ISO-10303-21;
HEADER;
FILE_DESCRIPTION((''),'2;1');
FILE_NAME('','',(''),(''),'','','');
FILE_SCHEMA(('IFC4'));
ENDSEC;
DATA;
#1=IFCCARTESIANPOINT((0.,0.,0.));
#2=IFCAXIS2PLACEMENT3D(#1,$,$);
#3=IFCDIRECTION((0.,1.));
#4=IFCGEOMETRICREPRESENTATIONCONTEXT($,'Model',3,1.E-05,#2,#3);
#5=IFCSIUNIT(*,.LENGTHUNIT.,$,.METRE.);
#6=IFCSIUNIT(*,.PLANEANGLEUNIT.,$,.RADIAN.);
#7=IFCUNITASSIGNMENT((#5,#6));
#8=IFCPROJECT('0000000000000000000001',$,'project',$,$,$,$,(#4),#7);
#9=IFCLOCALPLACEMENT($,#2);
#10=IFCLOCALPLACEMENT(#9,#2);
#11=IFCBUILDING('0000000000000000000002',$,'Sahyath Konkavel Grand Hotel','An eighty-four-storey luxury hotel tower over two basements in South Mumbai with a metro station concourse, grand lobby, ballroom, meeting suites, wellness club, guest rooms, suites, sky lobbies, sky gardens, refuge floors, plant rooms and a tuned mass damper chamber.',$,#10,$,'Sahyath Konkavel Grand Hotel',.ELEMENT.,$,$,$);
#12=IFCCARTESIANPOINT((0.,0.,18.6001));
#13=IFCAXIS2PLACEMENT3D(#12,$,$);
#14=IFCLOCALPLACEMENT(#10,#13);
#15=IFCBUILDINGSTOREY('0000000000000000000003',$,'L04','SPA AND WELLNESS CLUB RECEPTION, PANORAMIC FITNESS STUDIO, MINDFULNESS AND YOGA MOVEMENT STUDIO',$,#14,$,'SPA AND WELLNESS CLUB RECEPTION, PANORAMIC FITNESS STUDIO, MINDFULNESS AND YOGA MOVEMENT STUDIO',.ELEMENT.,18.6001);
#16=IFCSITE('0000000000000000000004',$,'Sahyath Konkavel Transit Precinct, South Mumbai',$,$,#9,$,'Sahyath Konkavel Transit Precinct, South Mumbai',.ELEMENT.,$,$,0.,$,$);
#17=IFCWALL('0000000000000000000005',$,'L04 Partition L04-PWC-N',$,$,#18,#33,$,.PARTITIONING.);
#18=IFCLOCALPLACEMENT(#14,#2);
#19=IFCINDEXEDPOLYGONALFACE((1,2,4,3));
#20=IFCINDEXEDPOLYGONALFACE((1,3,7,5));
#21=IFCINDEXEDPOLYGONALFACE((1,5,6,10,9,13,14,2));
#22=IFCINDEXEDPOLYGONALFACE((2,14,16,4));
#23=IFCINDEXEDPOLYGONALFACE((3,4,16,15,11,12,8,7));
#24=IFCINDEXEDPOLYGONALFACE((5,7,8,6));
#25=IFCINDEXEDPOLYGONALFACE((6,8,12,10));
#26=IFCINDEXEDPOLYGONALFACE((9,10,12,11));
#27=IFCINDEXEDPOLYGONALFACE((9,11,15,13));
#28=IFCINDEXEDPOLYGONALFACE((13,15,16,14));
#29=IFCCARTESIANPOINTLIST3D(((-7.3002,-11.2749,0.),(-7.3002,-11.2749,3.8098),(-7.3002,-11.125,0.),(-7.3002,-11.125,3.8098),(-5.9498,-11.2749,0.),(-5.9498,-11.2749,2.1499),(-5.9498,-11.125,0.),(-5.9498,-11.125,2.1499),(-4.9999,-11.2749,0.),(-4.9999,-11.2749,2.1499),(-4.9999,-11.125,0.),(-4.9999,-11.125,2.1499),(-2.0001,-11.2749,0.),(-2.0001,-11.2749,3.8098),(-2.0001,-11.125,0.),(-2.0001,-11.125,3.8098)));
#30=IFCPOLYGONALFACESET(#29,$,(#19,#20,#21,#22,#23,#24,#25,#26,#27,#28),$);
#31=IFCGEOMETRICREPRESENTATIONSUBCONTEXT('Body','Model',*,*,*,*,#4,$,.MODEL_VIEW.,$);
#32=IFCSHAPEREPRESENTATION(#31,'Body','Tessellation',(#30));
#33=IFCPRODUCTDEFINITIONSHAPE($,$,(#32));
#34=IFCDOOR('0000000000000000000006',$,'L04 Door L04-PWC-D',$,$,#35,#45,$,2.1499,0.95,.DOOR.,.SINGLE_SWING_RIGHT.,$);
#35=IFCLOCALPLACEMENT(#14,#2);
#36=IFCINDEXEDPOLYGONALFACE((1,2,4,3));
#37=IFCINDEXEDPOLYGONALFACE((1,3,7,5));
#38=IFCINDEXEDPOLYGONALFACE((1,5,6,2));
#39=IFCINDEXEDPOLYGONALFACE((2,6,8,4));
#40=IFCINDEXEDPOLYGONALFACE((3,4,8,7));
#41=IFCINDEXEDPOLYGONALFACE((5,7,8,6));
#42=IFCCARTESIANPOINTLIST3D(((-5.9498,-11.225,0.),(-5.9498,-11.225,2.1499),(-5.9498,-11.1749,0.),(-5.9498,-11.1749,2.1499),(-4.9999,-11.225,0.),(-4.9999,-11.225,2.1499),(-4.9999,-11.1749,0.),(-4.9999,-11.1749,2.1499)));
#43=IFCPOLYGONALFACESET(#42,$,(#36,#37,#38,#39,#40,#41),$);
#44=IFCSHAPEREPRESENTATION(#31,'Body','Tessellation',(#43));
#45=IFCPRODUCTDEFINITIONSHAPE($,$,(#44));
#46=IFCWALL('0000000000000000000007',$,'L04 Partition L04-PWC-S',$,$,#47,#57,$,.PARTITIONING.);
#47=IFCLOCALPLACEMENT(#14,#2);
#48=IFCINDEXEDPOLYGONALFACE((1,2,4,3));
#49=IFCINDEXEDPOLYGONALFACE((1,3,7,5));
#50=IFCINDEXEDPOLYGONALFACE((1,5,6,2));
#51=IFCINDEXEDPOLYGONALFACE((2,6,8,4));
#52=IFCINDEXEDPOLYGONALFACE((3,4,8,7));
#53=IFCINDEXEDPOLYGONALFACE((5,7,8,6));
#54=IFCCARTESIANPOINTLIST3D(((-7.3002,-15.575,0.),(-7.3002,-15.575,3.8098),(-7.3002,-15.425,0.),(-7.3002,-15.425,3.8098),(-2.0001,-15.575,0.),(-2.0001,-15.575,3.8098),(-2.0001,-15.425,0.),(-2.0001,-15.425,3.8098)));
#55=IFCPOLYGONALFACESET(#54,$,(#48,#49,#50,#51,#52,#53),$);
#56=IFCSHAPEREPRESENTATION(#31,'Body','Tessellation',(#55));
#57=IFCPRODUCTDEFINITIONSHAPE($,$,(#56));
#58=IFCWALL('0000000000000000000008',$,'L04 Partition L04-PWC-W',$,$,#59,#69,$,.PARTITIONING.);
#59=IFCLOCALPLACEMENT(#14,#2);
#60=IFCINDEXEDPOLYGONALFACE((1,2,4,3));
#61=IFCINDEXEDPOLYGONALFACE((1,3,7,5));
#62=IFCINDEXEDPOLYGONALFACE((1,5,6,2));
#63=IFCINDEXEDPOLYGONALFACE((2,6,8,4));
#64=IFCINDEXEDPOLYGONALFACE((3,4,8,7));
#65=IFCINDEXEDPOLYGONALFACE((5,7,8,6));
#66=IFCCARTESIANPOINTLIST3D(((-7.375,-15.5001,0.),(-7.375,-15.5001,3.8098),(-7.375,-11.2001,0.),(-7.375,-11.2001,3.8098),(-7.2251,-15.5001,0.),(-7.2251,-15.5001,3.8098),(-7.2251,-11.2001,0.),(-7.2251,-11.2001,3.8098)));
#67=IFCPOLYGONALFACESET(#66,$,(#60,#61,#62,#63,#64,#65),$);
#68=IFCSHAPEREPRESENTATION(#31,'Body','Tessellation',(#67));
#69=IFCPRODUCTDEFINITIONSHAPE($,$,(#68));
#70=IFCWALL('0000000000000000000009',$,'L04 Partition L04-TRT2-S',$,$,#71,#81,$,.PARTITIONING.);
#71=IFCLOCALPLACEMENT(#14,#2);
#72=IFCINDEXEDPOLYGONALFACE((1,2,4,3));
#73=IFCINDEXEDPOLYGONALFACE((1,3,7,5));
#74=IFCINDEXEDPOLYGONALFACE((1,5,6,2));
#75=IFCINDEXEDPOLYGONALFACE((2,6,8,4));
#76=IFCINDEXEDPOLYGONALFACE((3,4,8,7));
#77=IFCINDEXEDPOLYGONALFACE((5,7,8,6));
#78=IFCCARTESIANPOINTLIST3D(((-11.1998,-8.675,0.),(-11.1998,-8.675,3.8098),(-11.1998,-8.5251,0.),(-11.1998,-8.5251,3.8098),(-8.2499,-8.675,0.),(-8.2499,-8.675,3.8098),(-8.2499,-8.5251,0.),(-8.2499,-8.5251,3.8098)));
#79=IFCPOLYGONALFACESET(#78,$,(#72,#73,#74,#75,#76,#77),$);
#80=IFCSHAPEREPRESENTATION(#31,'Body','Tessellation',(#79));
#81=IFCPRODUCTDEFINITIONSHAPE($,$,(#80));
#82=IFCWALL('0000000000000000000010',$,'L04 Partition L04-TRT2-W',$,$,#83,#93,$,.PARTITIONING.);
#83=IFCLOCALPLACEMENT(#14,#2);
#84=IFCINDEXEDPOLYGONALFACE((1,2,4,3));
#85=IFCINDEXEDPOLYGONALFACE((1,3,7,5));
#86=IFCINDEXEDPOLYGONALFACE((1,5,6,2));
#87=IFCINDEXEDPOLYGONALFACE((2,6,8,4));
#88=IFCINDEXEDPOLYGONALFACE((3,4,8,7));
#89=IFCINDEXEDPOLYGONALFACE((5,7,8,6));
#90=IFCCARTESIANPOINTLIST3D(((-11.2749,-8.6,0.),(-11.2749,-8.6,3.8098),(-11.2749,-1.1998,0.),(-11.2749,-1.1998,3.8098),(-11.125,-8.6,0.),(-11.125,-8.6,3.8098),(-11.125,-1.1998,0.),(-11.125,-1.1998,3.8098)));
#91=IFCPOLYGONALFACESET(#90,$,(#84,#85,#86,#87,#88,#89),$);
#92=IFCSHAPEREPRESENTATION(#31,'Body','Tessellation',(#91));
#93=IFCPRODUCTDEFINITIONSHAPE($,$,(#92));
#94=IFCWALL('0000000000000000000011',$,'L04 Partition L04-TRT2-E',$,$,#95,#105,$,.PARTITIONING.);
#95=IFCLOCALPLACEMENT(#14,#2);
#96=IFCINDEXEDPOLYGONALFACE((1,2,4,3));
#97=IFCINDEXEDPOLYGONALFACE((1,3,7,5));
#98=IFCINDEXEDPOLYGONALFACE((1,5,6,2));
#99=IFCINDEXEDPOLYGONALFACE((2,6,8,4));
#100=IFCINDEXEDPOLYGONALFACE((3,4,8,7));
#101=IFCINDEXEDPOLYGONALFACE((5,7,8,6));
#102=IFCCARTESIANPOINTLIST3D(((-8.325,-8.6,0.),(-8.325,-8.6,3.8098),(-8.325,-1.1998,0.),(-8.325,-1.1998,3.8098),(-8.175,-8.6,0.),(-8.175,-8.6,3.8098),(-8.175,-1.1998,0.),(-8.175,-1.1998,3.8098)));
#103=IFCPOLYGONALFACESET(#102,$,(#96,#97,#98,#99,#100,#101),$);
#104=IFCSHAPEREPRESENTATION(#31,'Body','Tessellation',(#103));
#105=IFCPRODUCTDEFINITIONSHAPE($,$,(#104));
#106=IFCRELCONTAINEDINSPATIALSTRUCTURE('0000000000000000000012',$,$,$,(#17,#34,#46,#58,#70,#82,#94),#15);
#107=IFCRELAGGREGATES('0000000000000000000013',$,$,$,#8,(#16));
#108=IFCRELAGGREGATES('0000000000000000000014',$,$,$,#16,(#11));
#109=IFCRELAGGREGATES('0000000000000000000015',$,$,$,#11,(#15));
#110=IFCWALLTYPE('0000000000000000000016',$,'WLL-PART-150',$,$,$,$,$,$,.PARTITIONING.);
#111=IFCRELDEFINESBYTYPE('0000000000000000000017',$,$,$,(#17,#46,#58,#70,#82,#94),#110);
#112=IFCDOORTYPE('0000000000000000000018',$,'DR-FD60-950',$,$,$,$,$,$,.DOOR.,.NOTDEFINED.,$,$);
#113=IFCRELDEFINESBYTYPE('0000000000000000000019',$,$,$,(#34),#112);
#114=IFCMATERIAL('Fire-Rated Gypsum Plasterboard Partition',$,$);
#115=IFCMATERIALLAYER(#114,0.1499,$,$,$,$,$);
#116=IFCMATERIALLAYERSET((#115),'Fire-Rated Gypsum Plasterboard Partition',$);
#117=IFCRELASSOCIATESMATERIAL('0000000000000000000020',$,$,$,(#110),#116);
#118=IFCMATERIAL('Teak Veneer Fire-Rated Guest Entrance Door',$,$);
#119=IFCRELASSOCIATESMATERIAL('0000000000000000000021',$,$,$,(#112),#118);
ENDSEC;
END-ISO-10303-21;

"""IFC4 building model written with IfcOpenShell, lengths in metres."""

from ifc_helpers import new_model, si_unit, direction, frame, frame_2d, origin, origin_2d, place, context, subcontext, project, spatial, rectangle, extrude, source, transform, mapped, material, layer, layer_set, type_object, element, fill, save


model = new_model("IFC4")

# Units and contexts
model_context = context("Model", 3, precision=1e-05, world=origin(), true_north=direction((0.0, 1.0)))
body_context = subcontext(model_context, "Body", "Model", "MODEL_VIEW")
ifc_project = project(units=[si_unit("LENGTHUNIT", "METRE"), si_unit("PLANEANGLEUNIT", "RADIAN")], contexts=[model_context])

# Site, building, storey
site_placement = place(None, origin())
site = spatial("IfcSite", under=ifc_project, at=site_placement, Name="Sahyath Konkavel Transit Precinct, South Mumbai", LongName="Sahyath Konkavel Transit Precinct, South Mumbai", CompositionType="ELEMENT", RefElevation=0.0)
building_placement = place(site_placement, origin())
building = spatial("IfcBuilding", under=site, at=building_placement, Name="Sahyath Konkavel Grand Hotel", Description="An eighty-four-storey luxury hotel tower over two basements in South Mumbai with a metro station concourse, grand lobby, ballroom, meeting suites, wellness club, guest rooms, suites, sky lobbies, sky gardens, refuge floors, plant rooms and a tuned mass damper chamber.", LongName="Sahyath Konkavel Grand Hotel", CompositionType="ELEMENT")
storey_placement = place(building_placement, frame((0.0, 0.0, 18.6001)))
storey = spatial("IfcBuildingStorey", under=building, at=storey_placement, Name="L04", Description="SPA AND WELLNESS CLUB RECEPTION, PANORAMIC FITNESS STUDIO, MINDFULNESS AND YOGA MOVEMENT STUDIO", LongName="SPA AND WELLNESS CLUB RECEPTION, PANORAMIC FITNESS STUDIO, MINDFULNESS AND YOGA MOVEMENT STUDIO", CompositionType="ELEMENT", Elevation=18.6001)

# Shared definitions
ifc_material_1 = material(Name="Fire-Rated Gypsum Plasterboard Partition")
ifc_layer_1 = layer(ifc_material_1, 0.1499)
ifc_layer_set_1 = layer_set([ifc_layer_1], Name="Fire-Rated Gypsum Plasterboard Partition")
wall_type_1 = type_object("IfcWallType", Name="WLL-PART-150", PredefinedType="PARTITIONING", material=ifc_layer_set_1)

# Shared definitions
shared_shape_1 = source(origin(), body_context, "Body", "SweptSolid", [
    extrude(rectangle(XDim=0.95, YDim=0.05, at=origin_2d()), origin(), (0.0, 0.0, 1.0), 2.1499),
])

# Wall, opening, door
wall_1_placement = place(storey_placement, frame((-7.3, -11.2, 0.0), z_axis=(0.0, 0.0, 1.0), x_axis=(1.0, 0.0, 0.0)))
wall_1 = element("IfcWall", 1, at=wall_1_placement, inside=storey, type_object=wall_type_1, Name="L04 Partition L04-PWC-N", PredefinedType="PARTITIONING", context=body_context, shape_type="SweptSolid", body=[
    extrude(rectangle(XDim=5.3, YDim=0.1499, at=frame_2d((2.6499, 0.0))), origin(), (0.0, 0.0, 1.0), 3.8098),
])
opening_1_placement = place(wall_1_placement, frame((1.3501, 0.0, 0.0)))
opening_1 = element("IfcOpeningElement", 2, at=opening_1_placement, cuts=wall_1, PredefinedType="OPENING", context=body_context, shape_type="SweptSolid", body=[
    extrude(rectangle(XDim=0.95, YDim=2.1499, at=frame_2d((0.4751, 1.075))), frame((0.0, 0.085, 0.0), z_axis=(0.0, -1.0, 0.0), x_axis=(1.0, 0.0, 0.0)), (0.0, 0.0, 1.0), 0.1699),
])
ifc_material_2 = material(Name="Teak Veneer Fire-Rated Guest Entrance Door")
door_type_1 = type_object("IfcDoorType", Name="DR-FD60-950", OperationType="NOTDEFINED", PredefinedType="DOOR", material=ifc_material_2)
door_1_placement = place(opening_1_placement, frame((0.4751, 0.0, 0.0)))
door_1 = element("IfcDoor", 3, at=door_1_placement, inside=storey, type_object=door_type_1, Name="L04 Door L04-PWC-D", OperationType="SINGLE_SWING_RIGHT", OverallHeight=2.1499, OverallWidth=0.95, PredefinedType="DOOR", context=body_context, shape_type="MappedRepresentation", body=[
    mapped(shared_shape_1, transform((0.0, 0.0, 0.0), scale=1.0)),
])
fill(opening_1, door_1)

# Walls
wall_2_placement = place(storey_placement, frame((-7.3, -15.5, 0.0), z_axis=(0.0, 0.0, 1.0), x_axis=(1.0, 0.0, 0.0)))
element("IfcWall", 4, at=wall_2_placement, inside=storey, type_object=wall_type_1, Name="L04 Partition L04-PWC-S", PredefinedType="PARTITIONING", context=body_context, shape_type="SweptSolid", body=[
    extrude(rectangle(XDim=5.3, YDim=0.1499, at=frame_2d((2.6499, 0.0))), origin(), (0.0, 0.0, 1.0), 3.8098),
])
wall_3_placement = place(storey_placement, frame((-7.3, -15.5, 0.0), z_axis=(0.0, 0.0, 1.0), x_axis=(0.0, 1.0, 0.0)))
element("IfcWall", 5, at=wall_3_placement, inside=storey, type_object=wall_type_1, Name="L04 Partition L04-PWC-W", PredefinedType="PARTITIONING", context=body_context, shape_type="SweptSolid", body=[
    extrude(rectangle(XDim=4.3, YDim=0.1499, at=frame_2d((2.1499, 0.0))), origin(), (0.0, 0.0, 1.0), 3.8098),
])
wall_4_placement = place(storey_placement, frame((-11.2, -8.6001, 0.0), z_axis=(0.0, 0.0, 1.0), x_axis=(1.0, 0.0, 0.0)))
element("IfcWall", 6, at=wall_4_placement, inside=storey, type_object=wall_type_1, Name="L04 Partition L04-TRT2-S", PredefinedType="PARTITIONING", context=body_context, shape_type="SweptSolid", body=[
    extrude(rectangle(XDim=2.95, YDim=0.1499, at=frame_2d((1.4751, 0.0))), origin(), (0.0, 0.0, 1.0), 3.8098),
])
for number, where, z_axis, x_axis, name in (
    (7, (-11.2, -8.6001, 0.0), (0.0, 0.0, 1.0), (0.0, 1.0, 0.0), "L04 Partition L04-TRT2-W"),
    (8, (-8.25, -8.6001, 0.0), (0.0, 0.0, 1.0), (0.0, 1.0, 0.0), "L04 Partition L04-TRT2-E"),
):
    element("IfcWall", number, at=place(storey_placement, frame(where, z_axis=z_axis, x_axis=x_axis)), inside=storey, type_object=wall_type_1, Name=name, PredefinedType="PARTITIONING", context=body_context, shape_type="SweptSolid", body=[
        extrude(rectangle(XDim=7.4001, YDim=0.1499, at=frame_2d((3.7002, 0.0))), origin(), (0.0, 0.0, 1.0), 3.8098),
    ])

save(model, "model.ifc")
